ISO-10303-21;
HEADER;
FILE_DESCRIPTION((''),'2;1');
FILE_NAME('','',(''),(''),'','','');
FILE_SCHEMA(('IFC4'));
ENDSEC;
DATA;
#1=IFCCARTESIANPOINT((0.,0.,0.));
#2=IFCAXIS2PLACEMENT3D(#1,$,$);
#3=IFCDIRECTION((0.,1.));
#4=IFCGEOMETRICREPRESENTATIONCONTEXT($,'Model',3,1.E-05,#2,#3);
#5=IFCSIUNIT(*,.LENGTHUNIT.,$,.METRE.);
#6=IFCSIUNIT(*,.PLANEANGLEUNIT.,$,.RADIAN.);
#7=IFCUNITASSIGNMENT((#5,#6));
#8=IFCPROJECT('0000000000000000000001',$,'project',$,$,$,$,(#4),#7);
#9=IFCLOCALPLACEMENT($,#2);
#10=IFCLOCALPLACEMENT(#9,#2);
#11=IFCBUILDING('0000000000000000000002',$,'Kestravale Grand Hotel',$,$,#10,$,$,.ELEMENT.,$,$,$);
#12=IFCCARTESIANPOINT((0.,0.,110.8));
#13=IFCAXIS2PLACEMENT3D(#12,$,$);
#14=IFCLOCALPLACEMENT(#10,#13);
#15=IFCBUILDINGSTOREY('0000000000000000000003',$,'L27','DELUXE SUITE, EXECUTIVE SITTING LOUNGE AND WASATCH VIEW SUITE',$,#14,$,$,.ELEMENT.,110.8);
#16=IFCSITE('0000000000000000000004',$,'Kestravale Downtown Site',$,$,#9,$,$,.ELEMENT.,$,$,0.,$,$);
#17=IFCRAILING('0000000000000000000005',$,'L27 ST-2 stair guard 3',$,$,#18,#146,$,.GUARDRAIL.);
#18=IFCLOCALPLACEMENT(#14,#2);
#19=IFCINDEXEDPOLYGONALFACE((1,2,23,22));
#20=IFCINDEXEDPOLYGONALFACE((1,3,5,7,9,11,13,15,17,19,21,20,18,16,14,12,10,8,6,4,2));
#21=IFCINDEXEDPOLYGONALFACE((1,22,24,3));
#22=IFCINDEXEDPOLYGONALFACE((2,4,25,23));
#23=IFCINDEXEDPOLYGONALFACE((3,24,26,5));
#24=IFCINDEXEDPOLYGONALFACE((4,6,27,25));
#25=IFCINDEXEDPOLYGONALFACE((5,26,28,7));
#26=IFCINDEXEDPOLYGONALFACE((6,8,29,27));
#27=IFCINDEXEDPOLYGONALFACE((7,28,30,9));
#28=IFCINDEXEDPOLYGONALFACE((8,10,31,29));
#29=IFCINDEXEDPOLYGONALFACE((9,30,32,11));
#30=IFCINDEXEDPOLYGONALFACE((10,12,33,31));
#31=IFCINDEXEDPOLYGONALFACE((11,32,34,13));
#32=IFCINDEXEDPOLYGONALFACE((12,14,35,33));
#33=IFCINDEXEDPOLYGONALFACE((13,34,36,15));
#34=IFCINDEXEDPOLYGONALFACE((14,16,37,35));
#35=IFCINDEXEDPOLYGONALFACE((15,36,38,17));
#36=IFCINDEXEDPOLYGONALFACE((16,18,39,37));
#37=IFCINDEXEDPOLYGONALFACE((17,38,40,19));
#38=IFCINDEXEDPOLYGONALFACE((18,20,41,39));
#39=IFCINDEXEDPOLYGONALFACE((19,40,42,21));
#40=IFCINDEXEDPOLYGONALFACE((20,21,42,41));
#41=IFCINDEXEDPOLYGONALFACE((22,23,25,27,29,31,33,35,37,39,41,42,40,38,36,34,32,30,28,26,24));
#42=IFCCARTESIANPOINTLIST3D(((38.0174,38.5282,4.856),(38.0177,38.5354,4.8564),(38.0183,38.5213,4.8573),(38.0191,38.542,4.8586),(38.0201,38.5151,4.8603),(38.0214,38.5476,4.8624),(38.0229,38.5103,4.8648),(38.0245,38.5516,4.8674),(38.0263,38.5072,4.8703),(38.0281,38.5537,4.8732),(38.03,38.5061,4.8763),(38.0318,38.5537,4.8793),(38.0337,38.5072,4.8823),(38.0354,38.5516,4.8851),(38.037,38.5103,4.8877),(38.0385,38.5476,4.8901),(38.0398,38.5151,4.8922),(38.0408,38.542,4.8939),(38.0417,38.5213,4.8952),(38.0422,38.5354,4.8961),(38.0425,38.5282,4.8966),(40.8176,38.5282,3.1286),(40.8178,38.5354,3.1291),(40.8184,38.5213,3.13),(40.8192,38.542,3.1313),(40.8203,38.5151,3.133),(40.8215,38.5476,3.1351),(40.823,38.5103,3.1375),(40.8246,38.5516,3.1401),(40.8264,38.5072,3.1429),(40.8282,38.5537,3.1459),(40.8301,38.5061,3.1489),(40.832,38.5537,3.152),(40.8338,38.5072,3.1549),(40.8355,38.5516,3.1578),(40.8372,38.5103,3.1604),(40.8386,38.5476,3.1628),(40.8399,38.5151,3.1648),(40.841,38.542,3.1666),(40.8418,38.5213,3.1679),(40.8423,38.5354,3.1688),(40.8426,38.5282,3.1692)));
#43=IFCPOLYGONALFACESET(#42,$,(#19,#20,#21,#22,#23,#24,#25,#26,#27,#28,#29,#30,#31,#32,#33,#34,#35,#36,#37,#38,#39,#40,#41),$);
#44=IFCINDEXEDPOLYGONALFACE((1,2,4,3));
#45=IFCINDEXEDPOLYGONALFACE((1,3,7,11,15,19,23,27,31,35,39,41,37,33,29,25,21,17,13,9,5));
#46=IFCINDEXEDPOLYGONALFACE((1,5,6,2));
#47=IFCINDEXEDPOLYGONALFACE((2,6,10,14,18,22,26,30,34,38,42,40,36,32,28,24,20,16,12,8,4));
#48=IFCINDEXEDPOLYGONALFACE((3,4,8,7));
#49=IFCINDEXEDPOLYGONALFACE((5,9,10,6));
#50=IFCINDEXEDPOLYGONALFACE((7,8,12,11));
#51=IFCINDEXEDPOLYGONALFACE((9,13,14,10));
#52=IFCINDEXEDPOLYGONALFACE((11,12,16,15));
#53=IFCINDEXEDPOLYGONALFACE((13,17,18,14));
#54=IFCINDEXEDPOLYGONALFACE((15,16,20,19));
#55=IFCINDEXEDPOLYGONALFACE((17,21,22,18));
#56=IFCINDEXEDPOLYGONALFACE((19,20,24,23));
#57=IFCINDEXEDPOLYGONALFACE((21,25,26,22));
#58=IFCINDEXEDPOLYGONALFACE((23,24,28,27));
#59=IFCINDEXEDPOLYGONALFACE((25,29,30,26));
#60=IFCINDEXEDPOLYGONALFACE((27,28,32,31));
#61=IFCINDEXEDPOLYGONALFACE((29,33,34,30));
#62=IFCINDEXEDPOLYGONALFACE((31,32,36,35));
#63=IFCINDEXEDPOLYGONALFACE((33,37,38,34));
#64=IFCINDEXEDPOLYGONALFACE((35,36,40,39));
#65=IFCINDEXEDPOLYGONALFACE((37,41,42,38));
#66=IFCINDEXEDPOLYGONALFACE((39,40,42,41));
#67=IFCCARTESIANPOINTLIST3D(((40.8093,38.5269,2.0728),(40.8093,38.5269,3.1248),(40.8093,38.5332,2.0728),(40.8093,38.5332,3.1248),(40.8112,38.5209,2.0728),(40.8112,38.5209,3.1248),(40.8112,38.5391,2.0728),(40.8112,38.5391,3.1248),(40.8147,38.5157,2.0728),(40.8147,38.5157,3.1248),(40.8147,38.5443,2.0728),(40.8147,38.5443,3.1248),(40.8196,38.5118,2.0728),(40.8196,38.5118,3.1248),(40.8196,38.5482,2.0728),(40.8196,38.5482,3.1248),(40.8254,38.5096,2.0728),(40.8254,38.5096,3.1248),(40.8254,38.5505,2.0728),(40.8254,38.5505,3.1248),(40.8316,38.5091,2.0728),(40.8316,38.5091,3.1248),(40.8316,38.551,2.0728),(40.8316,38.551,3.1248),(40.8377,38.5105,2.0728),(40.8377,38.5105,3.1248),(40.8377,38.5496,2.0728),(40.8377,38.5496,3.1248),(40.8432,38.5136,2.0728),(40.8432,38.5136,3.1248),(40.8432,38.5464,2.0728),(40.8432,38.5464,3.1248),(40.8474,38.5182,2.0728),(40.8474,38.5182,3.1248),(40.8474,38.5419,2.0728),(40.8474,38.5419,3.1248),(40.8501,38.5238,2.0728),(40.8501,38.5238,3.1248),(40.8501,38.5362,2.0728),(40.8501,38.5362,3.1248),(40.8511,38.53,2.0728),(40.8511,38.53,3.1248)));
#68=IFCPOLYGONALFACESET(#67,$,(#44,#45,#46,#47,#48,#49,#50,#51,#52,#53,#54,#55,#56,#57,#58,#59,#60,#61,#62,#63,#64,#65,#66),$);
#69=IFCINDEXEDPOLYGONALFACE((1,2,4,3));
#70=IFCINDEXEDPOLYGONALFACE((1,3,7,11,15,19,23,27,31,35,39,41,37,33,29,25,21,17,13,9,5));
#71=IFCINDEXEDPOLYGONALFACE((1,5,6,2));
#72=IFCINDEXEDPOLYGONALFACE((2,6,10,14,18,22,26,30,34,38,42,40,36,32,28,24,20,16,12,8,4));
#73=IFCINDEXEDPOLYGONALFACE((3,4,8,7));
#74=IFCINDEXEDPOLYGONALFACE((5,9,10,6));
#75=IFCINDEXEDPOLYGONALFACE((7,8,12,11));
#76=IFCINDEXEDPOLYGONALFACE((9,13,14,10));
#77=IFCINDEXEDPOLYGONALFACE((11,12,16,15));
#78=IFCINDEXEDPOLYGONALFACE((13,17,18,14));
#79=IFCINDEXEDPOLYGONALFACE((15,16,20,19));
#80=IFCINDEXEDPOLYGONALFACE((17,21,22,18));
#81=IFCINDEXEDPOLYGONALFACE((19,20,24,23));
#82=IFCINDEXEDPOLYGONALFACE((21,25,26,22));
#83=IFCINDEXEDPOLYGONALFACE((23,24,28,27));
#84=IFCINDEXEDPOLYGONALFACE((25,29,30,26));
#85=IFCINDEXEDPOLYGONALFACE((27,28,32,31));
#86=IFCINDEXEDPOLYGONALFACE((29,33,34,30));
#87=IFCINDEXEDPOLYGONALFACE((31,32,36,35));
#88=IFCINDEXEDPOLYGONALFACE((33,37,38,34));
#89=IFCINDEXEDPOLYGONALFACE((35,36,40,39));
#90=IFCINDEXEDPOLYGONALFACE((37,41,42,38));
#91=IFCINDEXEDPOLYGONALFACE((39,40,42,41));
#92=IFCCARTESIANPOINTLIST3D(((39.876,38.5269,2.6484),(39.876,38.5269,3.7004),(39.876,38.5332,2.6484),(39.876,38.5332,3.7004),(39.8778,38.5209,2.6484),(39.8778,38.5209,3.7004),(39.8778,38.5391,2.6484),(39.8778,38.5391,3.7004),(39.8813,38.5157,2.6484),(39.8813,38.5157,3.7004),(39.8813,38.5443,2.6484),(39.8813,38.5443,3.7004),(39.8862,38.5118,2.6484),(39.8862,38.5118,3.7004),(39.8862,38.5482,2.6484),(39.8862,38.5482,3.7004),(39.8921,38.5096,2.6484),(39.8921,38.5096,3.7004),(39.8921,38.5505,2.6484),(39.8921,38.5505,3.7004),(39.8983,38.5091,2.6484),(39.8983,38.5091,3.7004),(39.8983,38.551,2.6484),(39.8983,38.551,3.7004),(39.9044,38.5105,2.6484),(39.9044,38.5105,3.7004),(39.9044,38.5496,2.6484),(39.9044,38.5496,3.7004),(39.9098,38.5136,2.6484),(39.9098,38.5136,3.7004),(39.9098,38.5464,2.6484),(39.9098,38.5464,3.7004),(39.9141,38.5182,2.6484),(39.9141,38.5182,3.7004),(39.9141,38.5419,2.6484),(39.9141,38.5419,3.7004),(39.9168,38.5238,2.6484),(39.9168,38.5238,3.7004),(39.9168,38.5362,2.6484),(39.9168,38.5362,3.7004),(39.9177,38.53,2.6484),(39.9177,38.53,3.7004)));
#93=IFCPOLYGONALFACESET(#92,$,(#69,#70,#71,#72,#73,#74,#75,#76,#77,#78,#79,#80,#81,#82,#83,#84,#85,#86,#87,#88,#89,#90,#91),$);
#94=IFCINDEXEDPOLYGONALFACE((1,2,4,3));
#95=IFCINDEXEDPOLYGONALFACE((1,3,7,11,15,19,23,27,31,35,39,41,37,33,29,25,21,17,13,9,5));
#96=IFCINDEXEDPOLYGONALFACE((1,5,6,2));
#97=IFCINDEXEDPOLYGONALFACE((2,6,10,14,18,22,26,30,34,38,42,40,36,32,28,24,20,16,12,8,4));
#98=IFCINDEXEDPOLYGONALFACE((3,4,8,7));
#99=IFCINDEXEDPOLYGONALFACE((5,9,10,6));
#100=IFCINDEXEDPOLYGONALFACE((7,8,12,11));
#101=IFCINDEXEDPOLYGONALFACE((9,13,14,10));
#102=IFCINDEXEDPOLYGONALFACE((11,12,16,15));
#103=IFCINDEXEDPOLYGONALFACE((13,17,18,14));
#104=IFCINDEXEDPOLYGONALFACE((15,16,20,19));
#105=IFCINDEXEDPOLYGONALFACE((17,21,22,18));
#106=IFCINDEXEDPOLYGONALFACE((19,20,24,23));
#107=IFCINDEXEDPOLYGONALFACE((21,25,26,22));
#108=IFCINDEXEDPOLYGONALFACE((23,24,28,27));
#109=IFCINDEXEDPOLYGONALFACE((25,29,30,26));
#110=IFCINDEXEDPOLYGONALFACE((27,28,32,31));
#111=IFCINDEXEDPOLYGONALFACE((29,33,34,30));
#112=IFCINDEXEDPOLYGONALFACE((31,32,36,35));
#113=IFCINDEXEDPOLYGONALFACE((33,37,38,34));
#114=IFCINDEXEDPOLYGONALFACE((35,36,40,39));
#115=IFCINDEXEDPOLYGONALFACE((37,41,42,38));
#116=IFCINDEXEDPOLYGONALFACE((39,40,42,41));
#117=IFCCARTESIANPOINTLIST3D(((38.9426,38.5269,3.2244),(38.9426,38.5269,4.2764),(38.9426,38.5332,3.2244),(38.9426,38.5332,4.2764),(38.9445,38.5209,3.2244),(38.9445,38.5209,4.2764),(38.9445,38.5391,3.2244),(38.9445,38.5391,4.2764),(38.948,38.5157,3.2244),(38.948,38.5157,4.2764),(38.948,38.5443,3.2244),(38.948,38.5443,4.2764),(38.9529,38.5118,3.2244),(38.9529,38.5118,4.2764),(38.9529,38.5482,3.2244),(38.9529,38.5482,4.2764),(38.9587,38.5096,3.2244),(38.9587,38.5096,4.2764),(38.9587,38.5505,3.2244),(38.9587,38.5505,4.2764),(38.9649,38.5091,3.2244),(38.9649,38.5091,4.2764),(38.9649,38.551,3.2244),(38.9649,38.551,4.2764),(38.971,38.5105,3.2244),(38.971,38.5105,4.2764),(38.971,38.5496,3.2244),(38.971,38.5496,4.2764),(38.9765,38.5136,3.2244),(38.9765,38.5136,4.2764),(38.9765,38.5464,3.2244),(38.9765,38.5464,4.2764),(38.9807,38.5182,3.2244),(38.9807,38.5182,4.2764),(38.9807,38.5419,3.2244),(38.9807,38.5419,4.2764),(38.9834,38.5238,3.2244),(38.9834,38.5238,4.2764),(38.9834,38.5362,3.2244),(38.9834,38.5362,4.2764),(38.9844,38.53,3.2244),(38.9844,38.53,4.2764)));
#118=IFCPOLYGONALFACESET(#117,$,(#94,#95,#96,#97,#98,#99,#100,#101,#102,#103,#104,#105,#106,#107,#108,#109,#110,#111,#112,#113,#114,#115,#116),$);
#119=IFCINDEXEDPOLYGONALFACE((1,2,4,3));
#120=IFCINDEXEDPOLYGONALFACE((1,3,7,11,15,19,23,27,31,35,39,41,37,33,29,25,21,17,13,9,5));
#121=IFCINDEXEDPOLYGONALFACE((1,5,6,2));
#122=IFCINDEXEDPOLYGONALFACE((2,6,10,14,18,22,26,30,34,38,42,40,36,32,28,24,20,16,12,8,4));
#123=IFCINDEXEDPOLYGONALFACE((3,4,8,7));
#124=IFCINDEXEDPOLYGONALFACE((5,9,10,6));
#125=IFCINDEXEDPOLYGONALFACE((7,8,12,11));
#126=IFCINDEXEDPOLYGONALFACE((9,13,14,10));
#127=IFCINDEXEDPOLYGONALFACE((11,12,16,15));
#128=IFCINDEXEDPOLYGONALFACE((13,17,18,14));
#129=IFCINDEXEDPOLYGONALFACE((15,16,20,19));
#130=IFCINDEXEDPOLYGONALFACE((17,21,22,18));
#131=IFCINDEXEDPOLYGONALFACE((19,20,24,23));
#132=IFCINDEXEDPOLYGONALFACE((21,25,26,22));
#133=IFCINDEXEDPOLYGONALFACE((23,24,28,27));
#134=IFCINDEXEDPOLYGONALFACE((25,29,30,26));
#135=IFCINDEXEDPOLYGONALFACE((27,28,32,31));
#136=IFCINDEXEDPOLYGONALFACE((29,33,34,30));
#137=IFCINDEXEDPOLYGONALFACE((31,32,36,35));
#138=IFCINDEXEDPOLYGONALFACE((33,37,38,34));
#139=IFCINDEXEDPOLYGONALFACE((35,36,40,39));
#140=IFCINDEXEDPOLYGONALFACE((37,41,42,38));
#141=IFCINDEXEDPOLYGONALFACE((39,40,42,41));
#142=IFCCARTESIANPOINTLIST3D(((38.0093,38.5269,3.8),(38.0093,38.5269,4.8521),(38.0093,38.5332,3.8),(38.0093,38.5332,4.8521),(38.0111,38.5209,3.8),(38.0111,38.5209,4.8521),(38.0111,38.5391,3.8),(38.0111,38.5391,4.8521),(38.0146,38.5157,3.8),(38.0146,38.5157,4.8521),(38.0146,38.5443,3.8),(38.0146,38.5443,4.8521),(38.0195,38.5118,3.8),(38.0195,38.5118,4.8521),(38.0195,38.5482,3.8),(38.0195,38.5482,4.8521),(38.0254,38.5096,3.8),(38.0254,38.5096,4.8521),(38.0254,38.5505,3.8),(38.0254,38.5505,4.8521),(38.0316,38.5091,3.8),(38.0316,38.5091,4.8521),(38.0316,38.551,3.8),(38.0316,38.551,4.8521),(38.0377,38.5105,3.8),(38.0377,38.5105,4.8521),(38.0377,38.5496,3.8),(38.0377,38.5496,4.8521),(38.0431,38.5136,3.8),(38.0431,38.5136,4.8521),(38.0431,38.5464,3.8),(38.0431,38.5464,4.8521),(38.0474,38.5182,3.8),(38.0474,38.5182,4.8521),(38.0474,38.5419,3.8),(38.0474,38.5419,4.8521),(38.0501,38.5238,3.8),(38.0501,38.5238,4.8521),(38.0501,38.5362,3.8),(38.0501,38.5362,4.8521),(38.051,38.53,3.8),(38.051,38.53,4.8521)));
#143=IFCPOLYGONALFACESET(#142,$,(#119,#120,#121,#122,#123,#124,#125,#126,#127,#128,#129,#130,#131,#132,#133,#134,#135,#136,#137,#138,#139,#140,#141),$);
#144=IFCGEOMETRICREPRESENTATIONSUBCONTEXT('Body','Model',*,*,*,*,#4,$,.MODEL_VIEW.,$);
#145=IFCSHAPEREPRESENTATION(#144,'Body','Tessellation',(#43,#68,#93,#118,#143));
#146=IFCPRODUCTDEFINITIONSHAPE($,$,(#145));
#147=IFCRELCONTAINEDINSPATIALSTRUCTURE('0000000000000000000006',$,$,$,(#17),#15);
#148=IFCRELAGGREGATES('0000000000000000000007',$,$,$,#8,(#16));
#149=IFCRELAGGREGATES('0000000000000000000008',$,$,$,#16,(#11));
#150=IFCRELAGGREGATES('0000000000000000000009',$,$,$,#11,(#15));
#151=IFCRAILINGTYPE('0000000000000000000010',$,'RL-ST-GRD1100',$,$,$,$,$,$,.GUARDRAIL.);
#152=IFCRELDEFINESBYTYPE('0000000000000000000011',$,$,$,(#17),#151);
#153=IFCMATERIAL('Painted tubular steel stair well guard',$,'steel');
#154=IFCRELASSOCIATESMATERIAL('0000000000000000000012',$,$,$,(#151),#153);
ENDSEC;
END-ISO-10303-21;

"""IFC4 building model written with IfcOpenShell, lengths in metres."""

from ifc_helpers import new_model, si_unit, direction, frame, origin, origin_2d, place, context, subcontext, project, spatial, circle, extrude, material, type_object, element, save


model = new_model("IFC4")

# Units and contexts
model_context = context("Model", 3, precision=1e-05, world=origin(), true_north=direction((0.0, 1.0)))
body_context = subcontext(model_context, "Body", "Model", "MODEL_VIEW")
ifc_project = project(units=[si_unit("LENGTHUNIT", "METRE"), si_unit("PLANEANGLEUNIT", "RADIAN")], contexts=[model_context])

# Site, building, storey
site_placement = place(None, origin())
site = spatial("IfcSite", under=ifc_project, at=site_placement, Name="Kestravale Downtown Site", CompositionType="ELEMENT", RefElevation=0.0)
building_placement = place(site_placement, origin())
building = spatial("IfcBuilding", under=site, at=building_placement, Name="Kestravale Grand Hotel", CompositionType="ELEMENT")
storey_placement = place(building_placement, frame((0.0, 0.0, 110.8)))
storey = spatial("IfcBuildingStorey", under=building, at=storey_placement, Name="L27", Description="DELUXE SUITE, EXECUTIVE SITTING LOUNGE AND WASATCH VIEW SUITE", CompositionType="ELEMENT", Elevation=110.8)

# Railing
ifc_material_1 = material(Name="Painted tubular steel stair well guard", Category="steel")
railing_type_1 = type_object("IfcRailingType", Name="RL-ST-GRD1100", PredefinedType="GUARDRAIL", material=ifc_material_1)
railing_1_placement = place(storey_placement, frame((40.8301, 38.53, 2.0728)))
element("IfcRailing", 1, at=railing_1_placement, inside=storey, type_object=railing_type_1, Name="L27 ST-2 stair guard 3", PredefinedType="GUARDRAIL", context=body_context, shape_type="SweptSolid", body=[
    extrude(circle(Radius=0.0239, at=origin_2d()), frame((0.0, 0.0, 1.0762), z_axis=(-0.85109, 0.0, 0.52502), x_axis=(0.0, -1.0, 0.0)), (0.0, 0.0, 1.0), 3.29),
    extrude(circle(Radius=0.021, at=origin_2d()), origin(), (0.0, 0.0, 1.0), 1.052),
    extrude(circle(Radius=0.021, at=origin_2d()), frame((-0.9333, 0.0, 0.5757)), (0.0, 0.0, 1.0), 1.052),
    extrude(circle(Radius=0.021, at=origin_2d()), frame((-1.8667, 0.0, 1.1516)), (0.0, 0.0, 1.0), 1.052),
    extrude(circle(Radius=0.021, at=origin_2d()), frame((-2.8, 0.0, 1.7273)), (0.0, 0.0, 1.0), 1.052),
])

save(model, "model.ifc")
